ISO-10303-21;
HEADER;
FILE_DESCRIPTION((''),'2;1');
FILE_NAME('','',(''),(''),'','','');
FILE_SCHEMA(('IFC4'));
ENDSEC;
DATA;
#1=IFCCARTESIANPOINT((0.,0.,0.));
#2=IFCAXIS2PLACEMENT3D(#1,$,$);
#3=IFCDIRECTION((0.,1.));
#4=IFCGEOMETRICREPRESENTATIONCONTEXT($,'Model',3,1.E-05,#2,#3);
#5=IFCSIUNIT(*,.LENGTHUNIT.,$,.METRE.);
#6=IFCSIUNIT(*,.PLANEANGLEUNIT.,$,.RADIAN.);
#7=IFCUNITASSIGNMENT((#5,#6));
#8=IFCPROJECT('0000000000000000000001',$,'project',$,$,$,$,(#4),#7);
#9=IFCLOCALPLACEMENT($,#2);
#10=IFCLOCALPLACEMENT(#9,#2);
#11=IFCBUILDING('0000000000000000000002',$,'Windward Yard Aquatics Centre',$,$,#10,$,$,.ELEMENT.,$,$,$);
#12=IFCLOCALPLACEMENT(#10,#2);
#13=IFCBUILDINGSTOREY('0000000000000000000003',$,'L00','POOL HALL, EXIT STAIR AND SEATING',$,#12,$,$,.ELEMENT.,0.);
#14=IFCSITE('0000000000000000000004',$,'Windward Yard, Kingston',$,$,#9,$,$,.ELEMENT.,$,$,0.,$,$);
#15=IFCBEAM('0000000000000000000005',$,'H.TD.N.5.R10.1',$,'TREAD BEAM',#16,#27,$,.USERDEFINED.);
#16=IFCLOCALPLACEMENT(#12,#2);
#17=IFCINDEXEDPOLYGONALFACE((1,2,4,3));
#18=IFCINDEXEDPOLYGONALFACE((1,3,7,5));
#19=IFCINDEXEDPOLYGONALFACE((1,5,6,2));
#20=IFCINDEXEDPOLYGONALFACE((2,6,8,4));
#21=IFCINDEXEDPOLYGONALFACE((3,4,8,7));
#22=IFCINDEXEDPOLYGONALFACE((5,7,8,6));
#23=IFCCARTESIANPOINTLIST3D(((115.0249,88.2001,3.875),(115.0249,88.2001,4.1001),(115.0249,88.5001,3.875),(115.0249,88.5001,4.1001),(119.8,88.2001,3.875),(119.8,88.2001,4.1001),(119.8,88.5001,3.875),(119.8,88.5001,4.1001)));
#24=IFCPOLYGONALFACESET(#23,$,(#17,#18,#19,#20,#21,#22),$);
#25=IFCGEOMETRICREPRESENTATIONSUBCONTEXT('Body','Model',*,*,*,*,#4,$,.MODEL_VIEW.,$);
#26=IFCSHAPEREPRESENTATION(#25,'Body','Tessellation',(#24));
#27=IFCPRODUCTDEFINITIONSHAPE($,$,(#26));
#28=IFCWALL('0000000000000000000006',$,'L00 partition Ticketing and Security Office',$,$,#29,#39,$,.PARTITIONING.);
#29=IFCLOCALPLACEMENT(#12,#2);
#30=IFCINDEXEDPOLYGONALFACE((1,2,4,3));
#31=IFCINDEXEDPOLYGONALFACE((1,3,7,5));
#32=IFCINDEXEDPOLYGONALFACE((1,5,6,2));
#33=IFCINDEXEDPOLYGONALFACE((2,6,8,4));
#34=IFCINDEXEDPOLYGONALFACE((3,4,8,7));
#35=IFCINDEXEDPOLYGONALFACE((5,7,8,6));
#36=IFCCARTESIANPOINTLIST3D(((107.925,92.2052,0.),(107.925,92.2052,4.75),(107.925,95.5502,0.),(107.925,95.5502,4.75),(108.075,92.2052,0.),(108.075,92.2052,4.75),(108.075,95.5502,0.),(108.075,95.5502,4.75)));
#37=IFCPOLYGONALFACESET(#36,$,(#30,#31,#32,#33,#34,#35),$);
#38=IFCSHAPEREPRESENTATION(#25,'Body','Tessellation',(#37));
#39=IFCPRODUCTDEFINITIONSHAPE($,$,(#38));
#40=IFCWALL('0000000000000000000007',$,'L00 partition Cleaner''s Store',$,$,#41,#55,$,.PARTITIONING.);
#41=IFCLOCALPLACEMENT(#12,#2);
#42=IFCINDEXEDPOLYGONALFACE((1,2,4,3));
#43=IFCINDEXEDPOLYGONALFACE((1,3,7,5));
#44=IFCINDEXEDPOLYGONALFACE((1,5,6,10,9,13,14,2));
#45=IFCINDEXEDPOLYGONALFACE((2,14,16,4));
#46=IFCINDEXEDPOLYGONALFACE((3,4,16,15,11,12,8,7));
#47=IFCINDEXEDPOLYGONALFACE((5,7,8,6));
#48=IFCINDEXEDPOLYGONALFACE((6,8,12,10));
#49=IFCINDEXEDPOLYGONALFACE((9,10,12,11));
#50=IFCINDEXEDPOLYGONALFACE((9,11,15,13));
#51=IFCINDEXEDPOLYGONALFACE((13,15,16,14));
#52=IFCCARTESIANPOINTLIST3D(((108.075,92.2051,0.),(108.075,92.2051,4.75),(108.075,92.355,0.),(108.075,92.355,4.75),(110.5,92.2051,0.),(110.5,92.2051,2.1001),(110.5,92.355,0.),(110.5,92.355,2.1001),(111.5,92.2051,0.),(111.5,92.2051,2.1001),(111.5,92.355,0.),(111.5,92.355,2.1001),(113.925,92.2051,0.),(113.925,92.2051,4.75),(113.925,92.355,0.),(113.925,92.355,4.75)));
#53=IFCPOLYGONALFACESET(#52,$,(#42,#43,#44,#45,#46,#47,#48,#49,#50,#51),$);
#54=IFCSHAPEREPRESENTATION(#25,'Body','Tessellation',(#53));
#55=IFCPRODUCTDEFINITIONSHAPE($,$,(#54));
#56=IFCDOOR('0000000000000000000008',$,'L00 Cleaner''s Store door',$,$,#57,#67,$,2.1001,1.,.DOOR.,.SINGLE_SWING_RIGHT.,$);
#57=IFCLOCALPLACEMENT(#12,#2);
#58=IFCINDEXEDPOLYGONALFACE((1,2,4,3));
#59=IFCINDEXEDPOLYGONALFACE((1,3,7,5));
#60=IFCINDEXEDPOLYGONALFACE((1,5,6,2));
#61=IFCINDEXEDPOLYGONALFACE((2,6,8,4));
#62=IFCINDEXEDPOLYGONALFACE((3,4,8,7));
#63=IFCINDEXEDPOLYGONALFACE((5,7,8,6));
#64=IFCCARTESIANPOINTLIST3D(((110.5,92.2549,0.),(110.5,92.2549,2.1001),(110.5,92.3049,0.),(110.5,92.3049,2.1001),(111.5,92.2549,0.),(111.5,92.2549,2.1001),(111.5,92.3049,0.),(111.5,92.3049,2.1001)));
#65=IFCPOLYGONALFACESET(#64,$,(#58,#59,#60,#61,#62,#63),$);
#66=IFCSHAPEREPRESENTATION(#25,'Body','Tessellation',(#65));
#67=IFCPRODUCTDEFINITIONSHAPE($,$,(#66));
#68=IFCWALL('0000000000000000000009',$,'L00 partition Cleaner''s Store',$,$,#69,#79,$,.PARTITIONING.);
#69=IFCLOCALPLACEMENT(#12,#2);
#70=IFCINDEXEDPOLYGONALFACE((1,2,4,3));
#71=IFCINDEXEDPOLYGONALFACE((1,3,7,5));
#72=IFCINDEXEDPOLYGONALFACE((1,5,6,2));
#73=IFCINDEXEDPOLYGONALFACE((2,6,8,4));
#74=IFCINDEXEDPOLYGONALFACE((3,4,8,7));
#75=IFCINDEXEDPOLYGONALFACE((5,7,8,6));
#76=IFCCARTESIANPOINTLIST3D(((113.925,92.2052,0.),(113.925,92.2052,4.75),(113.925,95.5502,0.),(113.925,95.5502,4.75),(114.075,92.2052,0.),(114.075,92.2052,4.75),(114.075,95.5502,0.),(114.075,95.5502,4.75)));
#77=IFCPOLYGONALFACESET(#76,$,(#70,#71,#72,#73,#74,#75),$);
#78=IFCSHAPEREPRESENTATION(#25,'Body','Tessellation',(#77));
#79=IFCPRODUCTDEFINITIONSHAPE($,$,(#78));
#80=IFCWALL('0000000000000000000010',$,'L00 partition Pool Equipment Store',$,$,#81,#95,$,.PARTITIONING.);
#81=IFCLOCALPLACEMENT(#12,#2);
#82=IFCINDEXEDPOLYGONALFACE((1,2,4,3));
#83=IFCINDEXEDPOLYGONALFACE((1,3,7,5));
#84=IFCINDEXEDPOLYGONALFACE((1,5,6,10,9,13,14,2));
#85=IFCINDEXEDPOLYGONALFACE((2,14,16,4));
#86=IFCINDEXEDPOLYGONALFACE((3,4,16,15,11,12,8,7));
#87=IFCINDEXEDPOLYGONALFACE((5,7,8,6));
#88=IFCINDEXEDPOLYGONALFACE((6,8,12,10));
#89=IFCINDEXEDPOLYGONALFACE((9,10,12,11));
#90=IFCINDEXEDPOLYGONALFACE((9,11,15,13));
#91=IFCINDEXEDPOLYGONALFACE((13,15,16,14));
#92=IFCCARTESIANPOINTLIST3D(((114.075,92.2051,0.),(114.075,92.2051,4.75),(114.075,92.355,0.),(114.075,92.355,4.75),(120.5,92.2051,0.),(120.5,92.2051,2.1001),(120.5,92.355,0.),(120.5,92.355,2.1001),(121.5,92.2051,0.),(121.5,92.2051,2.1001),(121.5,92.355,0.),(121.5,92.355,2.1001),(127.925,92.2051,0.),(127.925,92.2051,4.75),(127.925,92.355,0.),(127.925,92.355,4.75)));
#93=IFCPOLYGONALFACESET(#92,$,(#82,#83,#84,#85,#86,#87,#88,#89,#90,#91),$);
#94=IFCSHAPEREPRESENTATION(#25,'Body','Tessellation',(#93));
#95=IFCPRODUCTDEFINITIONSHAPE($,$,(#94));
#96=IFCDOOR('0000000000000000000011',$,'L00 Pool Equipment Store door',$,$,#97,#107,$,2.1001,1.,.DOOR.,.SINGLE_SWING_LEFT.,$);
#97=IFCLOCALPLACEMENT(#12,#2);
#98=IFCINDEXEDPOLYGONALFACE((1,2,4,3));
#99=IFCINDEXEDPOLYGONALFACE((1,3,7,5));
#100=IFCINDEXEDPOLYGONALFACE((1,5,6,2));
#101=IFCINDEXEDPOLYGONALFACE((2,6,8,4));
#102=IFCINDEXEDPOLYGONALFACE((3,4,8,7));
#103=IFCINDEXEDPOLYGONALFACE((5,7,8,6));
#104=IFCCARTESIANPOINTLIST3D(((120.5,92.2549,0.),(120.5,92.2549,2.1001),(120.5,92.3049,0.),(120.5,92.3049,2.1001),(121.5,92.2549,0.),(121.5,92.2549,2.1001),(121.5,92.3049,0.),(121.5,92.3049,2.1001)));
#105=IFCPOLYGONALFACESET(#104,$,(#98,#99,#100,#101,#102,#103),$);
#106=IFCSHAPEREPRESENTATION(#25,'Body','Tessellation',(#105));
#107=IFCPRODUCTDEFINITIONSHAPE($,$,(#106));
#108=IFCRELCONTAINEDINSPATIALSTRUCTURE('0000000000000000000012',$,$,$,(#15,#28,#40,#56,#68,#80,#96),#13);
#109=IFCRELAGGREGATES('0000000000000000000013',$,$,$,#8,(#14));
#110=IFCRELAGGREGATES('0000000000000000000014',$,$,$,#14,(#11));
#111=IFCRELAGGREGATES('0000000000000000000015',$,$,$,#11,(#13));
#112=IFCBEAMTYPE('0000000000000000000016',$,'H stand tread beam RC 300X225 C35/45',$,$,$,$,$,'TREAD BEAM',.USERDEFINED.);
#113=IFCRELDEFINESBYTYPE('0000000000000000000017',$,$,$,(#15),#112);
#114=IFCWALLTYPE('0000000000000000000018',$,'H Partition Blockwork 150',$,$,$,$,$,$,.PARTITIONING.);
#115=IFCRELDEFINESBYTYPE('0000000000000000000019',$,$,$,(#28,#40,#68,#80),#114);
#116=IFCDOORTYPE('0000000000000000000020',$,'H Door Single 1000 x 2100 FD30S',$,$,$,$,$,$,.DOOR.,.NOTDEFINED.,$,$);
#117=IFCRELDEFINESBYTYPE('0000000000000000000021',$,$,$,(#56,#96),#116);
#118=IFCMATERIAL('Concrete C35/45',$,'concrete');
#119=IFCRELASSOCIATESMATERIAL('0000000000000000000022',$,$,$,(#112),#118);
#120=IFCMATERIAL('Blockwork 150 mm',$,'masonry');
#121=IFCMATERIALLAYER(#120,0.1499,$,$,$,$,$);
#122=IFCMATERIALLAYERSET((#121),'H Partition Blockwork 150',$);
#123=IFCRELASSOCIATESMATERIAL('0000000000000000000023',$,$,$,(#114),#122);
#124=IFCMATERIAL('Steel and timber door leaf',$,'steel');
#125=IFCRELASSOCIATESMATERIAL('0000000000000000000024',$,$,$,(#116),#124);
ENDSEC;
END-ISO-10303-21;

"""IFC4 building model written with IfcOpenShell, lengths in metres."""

from ifc_helpers import new_model, si_unit, direction, frame, frame_2d, origin, origin_2d, place, context, subcontext, project, spatial, rectangle, extrude, material, layer, layer_set, material_profile, profile_set, type_object, element, fill, save


model = new_model("IFC4")

# Units and contexts
model_context = context("Model", 3, precision=1e-05, world=origin(), true_north=direction((0.0, 1.0)))
body_context = subcontext(model_context, "Body", "Model", "MODEL_VIEW")
ifc_project = project(units=[si_unit("LENGTHUNIT", "METRE"), si_unit("PLANEANGLEUNIT", "RADIAN")], contexts=[model_context])

# Site, building, storey
site_placement = place(None, origin())
site = spatial("IfcSite", under=ifc_project, at=site_placement, Name="Windward Yard, Kingston", CompositionType="ELEMENT", RefElevation=0.0)
building_placement = place(site_placement, origin())
building = spatial("IfcBuilding", under=site, at=building_placement, Name="Windward Yard Aquatics Centre", CompositionType="ELEMENT")
storey_placement = place(building_placement, origin())
storey = spatial("IfcBuildingStorey", under=building, at=storey_placement, Name="L00", Description="POOL HALL, EXIT STAIR AND SEATING", CompositionType="ELEMENT", Elevation=0.0)

# Shared definitions
ifc_material_1 = material(Name="Concrete C35/45", Category="concrete")

# Beam
ifc_material_profile_1 = material_profile(ifc_material_1, rectangle(XDim=0.3, YDim=0.2251, at=origin_2d()), Name="RC 300X225")
ifc_profile_set_1 = profile_set([ifc_material_profile_1], Name="Concrete C35/45")
beam_type_1 = type_object("IfcBeamType", Name="H stand tread beam RC 300X225 C35/45", ElementType="TREAD BEAM", PredefinedType="USERDEFINED", material=ifc_profile_set_1)
for number, where, z_axis, x_axis, name in (
    (1, (115.0249, 88.3501, 3.9875), (1.0, 0.0, 0.0), (0.0, 1.0, 0.0), "H.TD.N.5.R10.1"),
):
    element("IfcBeam", number, at=place(storey_placement, frame(where, z_axis=z_axis, x_axis=x_axis)), inside=storey, type_object=beam_type_1, Name=name, ObjectType="TREAD BEAM", PredefinedType="USERDEFINED", context=body_context, shape_type="SweptSolid", body=[
        extrude(rectangle(XDim=0.3, YDim=0.2251, at=origin_2d()), origin(), (0.0, 0.0, 1.0), 4.7751),
    ])

# Wall
ifc_material_2 = material(Name="Blockwork 150 mm", Category="masonry")
ifc_layer = layer(ifc_material_2, 0.1499)
ifc_layer_set = layer_set([ifc_layer], Name="H Partition Blockwork 150")
wall_type = type_object("IfcWallType", Name="H Partition Blockwork 150", PredefinedType="PARTITIONING", material=ifc_layer_set)
wall_1_placement = place(storey_placement, frame((108.0, 95.55, 0.0), z_axis=(0.0, 0.0, 1.0), x_axis=(0.0, -1.0, 0.0)))
element("IfcWall", 2, at=wall_1_placement, inside=storey, type_object=wall_type, Name="L00 partition Ticketing and Security Office", PredefinedType="PARTITIONING", context=body_context, shape_type="SweptSolid", body=[
    extrude(rectangle(XDim=3.345, YDim=0.1499, at=frame_2d((1.6724, 0.0))), origin(), (0.0, 0.0, 1.0), 4.75),
])

# Wall, opening, door
wall_2_placement = place(storey_placement, frame((108.075, 92.28, 0.0), z_axis=(0.0, 0.0, 1.0), x_axis=(1.0, 0.0, 0.0)))
wall_2 = element("IfcWall", 3, at=wall_2_placement, inside=storey, type_object=wall_type, Name="L00 partition Cleaner's Store", PredefinedType="PARTITIONING", context=body_context, shape_type="SweptSolid", body=[
    extrude(rectangle(XDim=5.8501, YDim=0.1499, at=frame_2d((2.925, 0.0))), origin(), (0.0, 0.0, 1.0), 4.75),
])
opening_1_placement = place(wall_2_placement, frame((2.425, 0.0, 0.0)))
opening_1 = element("IfcOpeningElement", 4, at=opening_1_placement, cuts=wall_2, PredefinedType="OPENING", context=body_context, shape_type="SweptSolid", body=[
    extrude(rectangle(XDim=1.0, YDim=2.1001, at=frame_2d((0.5, 1.05))), frame((0.0, 0.085, 0.0), z_axis=(0.0, -1.0, 0.0), x_axis=(1.0, 0.0, 0.0)), (0.0, 0.0, 1.0), 0.1699),
])
ifc_material_3 = material(Name="Steel and timber door leaf", Category="steel")
door_type = type_object("IfcDoorType", Name="H Door Single 1000 x 2100 FD30S", OperationType="NOTDEFINED", PredefinedType="DOOR", material=ifc_material_3)
door_1_placement = place(opening_1_placement, origin())
door_1 = element("IfcDoor", 5, at=door_1_placement, inside=storey, type_object=door_type, Name="L00 Cleaner's Store door", OperationType="SINGLE_SWING_RIGHT", OverallHeight=2.1001, OverallWidth=1.0, PredefinedType="DOOR", context=body_context, shape_type="SweptSolid", body=[
    extrude(rectangle(XDim=1.0, YDim=2.1001, at=frame_2d((0.5, 1.05))), frame((0.0, 0.0249, 0.0), z_axis=(0.0, -1.0, 0.0), x_axis=(1.0, 0.0, 0.0)), (0.0, 0.0, 1.0), 0.05),
])
fill(opening_1, door_1)

# Wall
wall_3_placement = place(storey_placement, frame((114.0, 95.55, 0.0), z_axis=(0.0, 0.0, 1.0), x_axis=(0.0, -1.0, 0.0)))
element("IfcWall", 6, at=wall_3_placement, inside=storey, type_object=wall_type, Name="L00 partition Cleaner's Store", PredefinedType="PARTITIONING", context=body_context, shape_type="SweptSolid", body=[
    extrude(rectangle(XDim=3.345, YDim=0.1499, at=frame_2d((1.6724, 0.0))), origin(), (0.0, 0.0, 1.0), 4.75),
])

# Wall, opening, door
wall_4_placement = place(storey_placement, frame((114.075, 92.28, 0.0), z_axis=(0.0, 0.0, 1.0), x_axis=(1.0, 0.0, 0.0)))
wall_4 = element("IfcWall", 7, at=wall_4_placement, inside=storey, type_object=wall_type, Name="L00 partition Pool Equipment Store", PredefinedType="PARTITIONING", context=body_context, shape_type="SweptSolid", body=[
    extrude(rectangle(XDim=13.8501, YDim=0.1499, at=frame_2d((6.925, 0.0))), origin(), (0.0, 0.0, 1.0), 4.75),
])
opening_2_placement = place(wall_4_placement, frame((6.425, 0.0, 0.0)))
opening_2 = element("IfcOpeningElement", 8, at=opening_2_placement, cuts=wall_4, PredefinedType="OPENING", context=body_context, shape_type="SweptSolid", body=[
    extrude(rectangle(XDim=1.0, YDim=2.1001, at=frame_2d((0.5, 1.05))), frame((0.0, 0.085, 0.0), z_axis=(0.0, -1.0, 0.0), x_axis=(1.0, 0.0, 0.0)), (0.0, 0.0, 1.0), 0.1699),
])
door_2_placement = place(opening_2_placement, origin())
door_2 = element("IfcDoor", 9, at=door_2_placement, inside=storey, type_object=door_type, Name="L00 Pool Equipment Store door", OperationType="SINGLE_SWING_LEFT", OverallHeight=2.1001, OverallWidth=1.0, PredefinedType="DOOR", context=body_context, shape_type="SweptSolid", body=[
    extrude(rectangle(XDim=1.0, YDim=2.1001, at=frame_2d((0.5, 1.05))), frame((0.0, 0.0249, 0.0), z_axis=(0.0, -1.0, 0.0), x_axis=(1.0, 0.0, 0.0)), (0.0, 0.0, 1.0), 0.05),
])
fill(opening_2, door_2)

save(model, "model.ifc")
